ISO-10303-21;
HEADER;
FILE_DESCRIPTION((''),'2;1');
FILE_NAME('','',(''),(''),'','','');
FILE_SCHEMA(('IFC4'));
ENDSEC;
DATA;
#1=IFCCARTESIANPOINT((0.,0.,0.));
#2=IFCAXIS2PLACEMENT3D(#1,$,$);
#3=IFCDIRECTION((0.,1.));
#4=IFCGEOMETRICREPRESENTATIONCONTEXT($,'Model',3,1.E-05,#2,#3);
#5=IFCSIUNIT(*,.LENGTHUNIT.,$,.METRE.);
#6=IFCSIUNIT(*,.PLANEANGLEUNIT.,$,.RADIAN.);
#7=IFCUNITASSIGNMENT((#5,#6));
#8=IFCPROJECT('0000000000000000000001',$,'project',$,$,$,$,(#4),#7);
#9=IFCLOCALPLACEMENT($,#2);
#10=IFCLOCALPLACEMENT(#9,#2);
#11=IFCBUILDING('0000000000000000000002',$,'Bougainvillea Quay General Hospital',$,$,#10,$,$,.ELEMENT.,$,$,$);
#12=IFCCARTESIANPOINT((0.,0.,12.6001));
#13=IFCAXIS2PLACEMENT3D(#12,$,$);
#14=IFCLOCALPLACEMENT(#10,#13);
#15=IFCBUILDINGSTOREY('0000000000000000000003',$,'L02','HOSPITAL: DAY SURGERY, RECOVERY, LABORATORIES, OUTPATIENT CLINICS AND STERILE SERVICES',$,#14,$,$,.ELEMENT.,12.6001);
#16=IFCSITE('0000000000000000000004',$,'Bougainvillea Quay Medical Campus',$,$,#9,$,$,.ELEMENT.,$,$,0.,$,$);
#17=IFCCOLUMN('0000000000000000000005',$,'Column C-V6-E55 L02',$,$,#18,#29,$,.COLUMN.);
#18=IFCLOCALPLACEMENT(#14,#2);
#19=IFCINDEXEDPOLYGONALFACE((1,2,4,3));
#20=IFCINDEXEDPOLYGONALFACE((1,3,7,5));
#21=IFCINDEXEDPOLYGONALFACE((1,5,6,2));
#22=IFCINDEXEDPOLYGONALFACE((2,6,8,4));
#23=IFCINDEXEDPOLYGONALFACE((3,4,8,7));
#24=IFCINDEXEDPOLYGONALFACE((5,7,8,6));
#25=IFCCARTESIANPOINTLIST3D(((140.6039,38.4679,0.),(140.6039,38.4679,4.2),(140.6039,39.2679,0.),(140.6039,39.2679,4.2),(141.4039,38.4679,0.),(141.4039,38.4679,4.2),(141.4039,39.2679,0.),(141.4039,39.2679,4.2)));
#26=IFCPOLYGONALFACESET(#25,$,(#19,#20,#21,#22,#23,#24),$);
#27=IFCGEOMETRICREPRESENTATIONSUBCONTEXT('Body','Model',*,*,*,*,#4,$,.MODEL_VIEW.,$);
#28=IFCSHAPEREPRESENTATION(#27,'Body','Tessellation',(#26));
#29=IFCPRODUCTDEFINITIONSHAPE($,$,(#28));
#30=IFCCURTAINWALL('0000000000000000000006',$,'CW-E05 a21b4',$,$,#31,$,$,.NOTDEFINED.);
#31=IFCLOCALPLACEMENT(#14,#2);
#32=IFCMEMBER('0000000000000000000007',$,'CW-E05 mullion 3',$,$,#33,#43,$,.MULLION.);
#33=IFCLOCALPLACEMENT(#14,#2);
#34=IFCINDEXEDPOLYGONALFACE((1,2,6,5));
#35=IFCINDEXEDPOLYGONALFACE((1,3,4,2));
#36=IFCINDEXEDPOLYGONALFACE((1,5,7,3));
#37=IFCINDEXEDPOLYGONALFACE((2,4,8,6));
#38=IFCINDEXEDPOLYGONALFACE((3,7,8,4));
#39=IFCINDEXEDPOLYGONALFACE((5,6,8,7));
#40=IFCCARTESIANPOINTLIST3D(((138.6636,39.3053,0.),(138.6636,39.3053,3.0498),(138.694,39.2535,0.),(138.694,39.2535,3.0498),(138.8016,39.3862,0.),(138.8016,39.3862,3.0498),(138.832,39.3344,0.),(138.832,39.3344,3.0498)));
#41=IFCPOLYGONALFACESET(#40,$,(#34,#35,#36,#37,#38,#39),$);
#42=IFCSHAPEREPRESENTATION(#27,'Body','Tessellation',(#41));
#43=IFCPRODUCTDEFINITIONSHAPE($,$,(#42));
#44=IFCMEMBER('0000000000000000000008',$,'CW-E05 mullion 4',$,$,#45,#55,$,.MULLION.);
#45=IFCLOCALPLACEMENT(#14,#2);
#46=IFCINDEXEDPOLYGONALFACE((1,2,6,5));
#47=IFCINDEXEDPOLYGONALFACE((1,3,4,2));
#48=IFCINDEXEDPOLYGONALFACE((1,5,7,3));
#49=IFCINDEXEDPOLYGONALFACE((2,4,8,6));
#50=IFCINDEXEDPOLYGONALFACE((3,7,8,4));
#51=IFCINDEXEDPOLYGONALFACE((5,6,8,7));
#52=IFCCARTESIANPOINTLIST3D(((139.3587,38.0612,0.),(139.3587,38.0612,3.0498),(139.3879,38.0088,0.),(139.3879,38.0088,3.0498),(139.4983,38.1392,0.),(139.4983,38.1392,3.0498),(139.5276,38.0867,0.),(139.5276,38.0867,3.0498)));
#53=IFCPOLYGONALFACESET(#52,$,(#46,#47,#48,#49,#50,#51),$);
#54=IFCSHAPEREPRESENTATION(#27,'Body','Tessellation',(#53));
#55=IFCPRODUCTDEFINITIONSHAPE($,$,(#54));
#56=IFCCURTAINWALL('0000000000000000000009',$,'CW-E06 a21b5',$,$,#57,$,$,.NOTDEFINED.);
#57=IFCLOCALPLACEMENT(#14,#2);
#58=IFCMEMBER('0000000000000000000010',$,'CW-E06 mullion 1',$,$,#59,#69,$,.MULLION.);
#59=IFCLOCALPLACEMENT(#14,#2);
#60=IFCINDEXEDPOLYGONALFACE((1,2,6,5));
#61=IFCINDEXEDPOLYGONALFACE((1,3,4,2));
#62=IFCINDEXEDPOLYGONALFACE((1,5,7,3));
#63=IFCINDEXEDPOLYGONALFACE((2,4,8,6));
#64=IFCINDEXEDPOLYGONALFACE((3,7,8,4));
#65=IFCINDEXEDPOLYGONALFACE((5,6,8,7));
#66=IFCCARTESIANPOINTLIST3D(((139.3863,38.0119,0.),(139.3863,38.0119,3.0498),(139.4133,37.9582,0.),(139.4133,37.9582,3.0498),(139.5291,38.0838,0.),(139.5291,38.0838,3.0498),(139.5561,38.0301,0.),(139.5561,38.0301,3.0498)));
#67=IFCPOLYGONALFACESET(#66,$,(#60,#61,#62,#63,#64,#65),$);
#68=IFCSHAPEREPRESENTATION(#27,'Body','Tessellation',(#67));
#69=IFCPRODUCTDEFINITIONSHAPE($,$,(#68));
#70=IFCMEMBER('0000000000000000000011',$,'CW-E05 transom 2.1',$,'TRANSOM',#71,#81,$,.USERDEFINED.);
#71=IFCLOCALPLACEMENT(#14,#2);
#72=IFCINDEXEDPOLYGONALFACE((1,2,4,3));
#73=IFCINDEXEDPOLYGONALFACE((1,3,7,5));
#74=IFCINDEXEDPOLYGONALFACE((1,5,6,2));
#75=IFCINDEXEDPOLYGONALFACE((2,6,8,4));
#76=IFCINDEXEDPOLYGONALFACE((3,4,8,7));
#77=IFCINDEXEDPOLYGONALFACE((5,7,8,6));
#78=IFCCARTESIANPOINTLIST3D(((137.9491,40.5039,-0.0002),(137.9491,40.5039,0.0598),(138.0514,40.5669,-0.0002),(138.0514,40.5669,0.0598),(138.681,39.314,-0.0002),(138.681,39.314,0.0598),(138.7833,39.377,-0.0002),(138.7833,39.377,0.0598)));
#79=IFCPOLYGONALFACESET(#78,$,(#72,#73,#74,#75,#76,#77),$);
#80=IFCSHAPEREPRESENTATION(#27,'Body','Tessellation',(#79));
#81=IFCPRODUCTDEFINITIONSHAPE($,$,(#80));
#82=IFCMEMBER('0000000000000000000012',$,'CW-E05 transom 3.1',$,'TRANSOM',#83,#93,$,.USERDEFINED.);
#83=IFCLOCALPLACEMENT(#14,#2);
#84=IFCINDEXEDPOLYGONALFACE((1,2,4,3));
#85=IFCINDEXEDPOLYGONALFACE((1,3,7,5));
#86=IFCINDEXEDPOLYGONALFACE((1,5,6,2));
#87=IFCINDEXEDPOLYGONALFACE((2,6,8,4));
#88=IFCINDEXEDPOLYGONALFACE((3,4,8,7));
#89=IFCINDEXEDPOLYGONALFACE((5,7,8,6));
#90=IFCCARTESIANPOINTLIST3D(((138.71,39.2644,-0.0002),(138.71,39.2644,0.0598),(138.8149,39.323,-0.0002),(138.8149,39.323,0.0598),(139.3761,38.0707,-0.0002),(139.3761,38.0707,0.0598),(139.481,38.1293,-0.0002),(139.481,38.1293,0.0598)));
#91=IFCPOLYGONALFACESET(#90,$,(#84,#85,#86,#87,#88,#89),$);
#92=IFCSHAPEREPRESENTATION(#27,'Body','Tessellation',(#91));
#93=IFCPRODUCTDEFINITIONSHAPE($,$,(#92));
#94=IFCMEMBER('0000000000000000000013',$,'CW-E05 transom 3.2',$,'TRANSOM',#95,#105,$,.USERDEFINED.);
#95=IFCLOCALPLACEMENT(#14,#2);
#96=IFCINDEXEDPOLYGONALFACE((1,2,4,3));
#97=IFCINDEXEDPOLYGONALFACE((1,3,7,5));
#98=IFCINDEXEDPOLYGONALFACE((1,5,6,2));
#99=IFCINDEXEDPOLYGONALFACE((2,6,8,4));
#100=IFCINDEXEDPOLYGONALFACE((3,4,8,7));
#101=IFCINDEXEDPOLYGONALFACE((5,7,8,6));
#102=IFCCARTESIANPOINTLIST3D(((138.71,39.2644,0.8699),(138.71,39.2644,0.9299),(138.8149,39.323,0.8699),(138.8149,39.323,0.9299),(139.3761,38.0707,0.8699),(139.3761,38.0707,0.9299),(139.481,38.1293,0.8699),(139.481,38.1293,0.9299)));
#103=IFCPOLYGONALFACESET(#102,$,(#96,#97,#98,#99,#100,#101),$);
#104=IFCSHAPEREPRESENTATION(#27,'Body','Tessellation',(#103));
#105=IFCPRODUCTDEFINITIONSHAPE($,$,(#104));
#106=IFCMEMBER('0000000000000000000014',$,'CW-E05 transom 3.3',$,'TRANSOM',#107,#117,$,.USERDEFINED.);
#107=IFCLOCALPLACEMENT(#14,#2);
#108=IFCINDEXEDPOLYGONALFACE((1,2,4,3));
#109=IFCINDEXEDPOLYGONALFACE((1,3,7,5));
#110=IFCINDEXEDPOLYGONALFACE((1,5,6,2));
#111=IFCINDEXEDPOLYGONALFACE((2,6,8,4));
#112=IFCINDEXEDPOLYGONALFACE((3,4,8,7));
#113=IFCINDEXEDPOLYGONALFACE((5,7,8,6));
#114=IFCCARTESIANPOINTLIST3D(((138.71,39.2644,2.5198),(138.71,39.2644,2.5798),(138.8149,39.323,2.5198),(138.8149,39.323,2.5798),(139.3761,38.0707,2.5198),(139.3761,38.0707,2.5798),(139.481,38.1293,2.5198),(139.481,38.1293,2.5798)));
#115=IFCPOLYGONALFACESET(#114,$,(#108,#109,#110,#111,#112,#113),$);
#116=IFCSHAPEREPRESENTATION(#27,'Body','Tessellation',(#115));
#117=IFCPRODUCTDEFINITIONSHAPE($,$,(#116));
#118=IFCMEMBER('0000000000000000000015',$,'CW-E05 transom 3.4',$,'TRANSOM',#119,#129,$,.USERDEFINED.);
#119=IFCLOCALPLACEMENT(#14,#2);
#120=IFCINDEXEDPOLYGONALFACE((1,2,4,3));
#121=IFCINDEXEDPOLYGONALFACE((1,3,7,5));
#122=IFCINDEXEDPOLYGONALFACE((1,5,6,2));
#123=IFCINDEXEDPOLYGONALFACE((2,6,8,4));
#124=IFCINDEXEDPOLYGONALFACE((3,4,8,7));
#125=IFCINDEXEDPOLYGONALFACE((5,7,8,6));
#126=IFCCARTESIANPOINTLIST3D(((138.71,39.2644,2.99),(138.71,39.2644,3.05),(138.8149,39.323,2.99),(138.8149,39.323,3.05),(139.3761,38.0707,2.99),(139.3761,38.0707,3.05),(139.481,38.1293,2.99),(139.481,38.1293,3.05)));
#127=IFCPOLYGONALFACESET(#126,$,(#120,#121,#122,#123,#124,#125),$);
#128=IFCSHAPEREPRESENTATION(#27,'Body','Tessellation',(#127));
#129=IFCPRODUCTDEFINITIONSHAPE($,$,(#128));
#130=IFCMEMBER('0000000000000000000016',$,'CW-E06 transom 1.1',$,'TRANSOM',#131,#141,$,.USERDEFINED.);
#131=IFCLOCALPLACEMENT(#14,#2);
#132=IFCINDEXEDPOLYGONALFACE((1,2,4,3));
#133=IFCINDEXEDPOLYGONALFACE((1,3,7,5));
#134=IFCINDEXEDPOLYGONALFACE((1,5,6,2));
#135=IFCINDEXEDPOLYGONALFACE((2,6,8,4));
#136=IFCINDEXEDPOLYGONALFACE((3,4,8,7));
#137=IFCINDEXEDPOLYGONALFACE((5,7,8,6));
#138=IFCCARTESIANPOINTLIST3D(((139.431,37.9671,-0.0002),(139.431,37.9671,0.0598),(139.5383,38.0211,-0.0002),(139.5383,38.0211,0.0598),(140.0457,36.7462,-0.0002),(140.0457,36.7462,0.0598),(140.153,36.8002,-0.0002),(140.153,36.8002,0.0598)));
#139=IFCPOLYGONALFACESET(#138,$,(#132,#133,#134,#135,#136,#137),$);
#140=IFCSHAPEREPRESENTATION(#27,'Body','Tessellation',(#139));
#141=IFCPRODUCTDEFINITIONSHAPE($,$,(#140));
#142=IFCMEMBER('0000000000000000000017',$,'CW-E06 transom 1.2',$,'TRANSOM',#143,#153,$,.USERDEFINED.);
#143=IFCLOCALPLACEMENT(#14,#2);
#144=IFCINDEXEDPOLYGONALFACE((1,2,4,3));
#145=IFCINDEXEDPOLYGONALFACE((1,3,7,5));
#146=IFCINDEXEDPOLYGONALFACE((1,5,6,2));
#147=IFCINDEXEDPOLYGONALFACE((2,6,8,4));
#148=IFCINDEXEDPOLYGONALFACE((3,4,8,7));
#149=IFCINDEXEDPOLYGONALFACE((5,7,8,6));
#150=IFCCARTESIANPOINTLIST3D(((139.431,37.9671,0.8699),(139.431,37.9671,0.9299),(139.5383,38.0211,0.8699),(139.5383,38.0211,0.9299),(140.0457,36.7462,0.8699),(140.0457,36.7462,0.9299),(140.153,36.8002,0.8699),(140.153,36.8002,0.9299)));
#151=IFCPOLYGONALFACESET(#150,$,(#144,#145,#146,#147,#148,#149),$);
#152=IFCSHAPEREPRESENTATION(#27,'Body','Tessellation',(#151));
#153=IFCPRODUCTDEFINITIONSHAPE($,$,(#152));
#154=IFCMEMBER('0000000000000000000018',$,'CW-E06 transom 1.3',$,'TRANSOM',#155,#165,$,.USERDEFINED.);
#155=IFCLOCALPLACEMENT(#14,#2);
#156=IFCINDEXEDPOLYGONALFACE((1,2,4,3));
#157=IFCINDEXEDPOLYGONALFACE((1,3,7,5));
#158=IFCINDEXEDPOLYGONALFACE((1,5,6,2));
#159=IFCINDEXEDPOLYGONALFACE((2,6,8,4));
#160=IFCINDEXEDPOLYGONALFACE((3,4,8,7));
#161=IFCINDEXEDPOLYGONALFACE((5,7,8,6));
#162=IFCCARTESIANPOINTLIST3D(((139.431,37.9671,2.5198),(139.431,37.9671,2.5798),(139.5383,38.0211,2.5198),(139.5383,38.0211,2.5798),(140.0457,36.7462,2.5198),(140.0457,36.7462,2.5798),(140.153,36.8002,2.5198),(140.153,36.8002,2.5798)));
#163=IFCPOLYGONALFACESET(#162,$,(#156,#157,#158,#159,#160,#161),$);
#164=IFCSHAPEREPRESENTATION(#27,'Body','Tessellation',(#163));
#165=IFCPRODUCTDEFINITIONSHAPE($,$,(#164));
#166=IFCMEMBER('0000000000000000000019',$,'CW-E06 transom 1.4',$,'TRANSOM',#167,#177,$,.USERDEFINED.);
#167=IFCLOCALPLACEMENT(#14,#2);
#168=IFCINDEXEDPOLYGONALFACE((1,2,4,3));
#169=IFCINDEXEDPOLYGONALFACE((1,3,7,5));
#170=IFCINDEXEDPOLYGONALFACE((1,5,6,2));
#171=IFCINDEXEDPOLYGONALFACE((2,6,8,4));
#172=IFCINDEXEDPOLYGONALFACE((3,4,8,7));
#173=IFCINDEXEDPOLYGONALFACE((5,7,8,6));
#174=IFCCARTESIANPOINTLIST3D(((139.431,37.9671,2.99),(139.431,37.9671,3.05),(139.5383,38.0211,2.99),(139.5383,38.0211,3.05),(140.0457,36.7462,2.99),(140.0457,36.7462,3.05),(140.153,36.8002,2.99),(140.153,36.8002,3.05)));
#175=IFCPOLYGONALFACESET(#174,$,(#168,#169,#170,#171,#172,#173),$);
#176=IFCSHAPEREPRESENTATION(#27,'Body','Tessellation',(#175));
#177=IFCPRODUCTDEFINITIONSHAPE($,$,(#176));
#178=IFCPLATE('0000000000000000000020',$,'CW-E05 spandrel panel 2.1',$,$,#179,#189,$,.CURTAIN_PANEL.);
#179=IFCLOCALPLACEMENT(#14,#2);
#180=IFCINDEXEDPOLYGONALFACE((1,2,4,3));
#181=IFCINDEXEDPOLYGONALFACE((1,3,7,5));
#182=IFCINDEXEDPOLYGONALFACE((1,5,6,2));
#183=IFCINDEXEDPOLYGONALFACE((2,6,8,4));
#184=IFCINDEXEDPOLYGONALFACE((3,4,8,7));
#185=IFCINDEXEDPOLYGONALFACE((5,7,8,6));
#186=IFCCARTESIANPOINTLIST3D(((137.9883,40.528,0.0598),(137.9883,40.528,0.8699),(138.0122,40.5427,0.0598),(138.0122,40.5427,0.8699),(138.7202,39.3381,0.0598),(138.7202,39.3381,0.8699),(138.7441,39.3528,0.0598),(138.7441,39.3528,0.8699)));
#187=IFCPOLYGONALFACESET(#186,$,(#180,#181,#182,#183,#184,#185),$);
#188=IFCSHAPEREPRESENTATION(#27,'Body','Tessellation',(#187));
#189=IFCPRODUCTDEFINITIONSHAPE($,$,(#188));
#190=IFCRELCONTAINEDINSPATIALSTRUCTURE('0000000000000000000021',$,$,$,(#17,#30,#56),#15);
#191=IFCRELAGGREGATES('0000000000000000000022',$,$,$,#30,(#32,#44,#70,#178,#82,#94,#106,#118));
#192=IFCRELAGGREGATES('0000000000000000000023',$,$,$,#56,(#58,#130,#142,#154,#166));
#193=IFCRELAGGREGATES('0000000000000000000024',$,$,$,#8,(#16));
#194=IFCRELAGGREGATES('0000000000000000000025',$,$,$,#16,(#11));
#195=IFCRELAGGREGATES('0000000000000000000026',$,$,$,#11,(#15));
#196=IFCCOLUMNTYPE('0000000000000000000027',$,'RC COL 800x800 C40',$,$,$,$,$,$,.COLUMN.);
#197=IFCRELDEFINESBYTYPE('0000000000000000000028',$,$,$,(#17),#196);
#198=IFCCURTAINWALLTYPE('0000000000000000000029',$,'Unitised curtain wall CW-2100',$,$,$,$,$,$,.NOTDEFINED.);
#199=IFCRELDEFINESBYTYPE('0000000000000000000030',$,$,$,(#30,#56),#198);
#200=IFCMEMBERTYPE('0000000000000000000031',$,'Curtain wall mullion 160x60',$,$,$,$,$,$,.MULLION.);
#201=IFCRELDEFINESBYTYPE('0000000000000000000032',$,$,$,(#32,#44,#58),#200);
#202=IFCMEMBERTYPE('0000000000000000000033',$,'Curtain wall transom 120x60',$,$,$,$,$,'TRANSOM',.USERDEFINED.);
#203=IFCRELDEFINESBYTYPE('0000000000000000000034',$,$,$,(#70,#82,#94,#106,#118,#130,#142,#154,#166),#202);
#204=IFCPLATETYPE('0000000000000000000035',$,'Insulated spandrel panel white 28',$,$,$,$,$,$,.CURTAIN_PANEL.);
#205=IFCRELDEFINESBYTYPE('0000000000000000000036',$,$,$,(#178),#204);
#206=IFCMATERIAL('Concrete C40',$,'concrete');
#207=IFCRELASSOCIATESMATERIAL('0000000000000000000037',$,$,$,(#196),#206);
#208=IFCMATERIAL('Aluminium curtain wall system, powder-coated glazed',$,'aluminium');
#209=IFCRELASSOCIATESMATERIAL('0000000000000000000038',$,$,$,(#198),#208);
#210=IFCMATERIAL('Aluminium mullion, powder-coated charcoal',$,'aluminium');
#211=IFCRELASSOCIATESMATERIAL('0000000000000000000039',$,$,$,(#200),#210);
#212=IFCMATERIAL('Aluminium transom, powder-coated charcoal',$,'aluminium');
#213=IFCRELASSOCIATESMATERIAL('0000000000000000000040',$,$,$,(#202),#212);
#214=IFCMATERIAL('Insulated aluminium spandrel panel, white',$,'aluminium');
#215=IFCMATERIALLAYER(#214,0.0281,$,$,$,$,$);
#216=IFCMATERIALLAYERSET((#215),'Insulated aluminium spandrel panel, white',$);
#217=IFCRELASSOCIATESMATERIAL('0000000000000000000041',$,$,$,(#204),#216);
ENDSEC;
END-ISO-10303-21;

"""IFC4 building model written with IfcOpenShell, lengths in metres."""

from ifc_helpers import new_model, si_unit, direction, frame, origin, origin_2d, place, context, subcontext, project, spatial, rectangle, extrude, material, layer, layer_set, material_profile, profile_set, type_object, element, aggregate, save


model = new_model("IFC4")

# Units and contexts
model_context = context("Model", 3, precision=1e-05, world=origin(), true_north=direction((0.0, 1.0)))
body_context = subcontext(model_context, "Body", "Model", "MODEL_VIEW")
ifc_project = project(units=[si_unit("LENGTHUNIT", "METRE"), si_unit("PLANEANGLEUNIT", "RADIAN")], contexts=[model_context])

# Site, building, storey
site_placement = place(None, origin())
site = spatial("IfcSite", under=ifc_project, at=site_placement, Name="Bougainvillea Quay Medical Campus", CompositionType="ELEMENT", RefElevation=0.0)
building_placement = place(site_placement, origin())
building = spatial("IfcBuilding", under=site, at=building_placement, Name="Bougainvillea Quay General Hospital", CompositionType="ELEMENT")
storey_placement = place(building_placement, frame((0.0, 0.0, 12.6001)))
storey = spatial("IfcBuildingStorey", under=building, at=storey_placement, Name="L02", Description="HOSPITAL: DAY SURGERY, RECOVERY, LABORATORIES, OUTPATIENT CLINICS AND STERILE SERVICES", CompositionType="ELEMENT", Elevation=12.6001)

# Column
ifc_material_1 = material(Name="Concrete C40", Category="concrete")
ifc_material_profile_1 = material_profile(ifc_material_1, rectangle(XDim=0.8, YDim=0.8, at=origin_2d()))
ifc_profile_set_1 = profile_set([ifc_material_profile_1], Name="Concrete C40")
column_type = type_object("IfcColumnType", Name="RC COL 800x800 C40", PredefinedType="COLUMN", material=ifc_profile_set_1)
column_placement = place(storey_placement, frame((141.0039, 38.8679, 0.0), z_axis=(0.0, 0.0, 1.0), x_axis=(1.0, 0.0, 0.0)))
element("IfcColumn", 1, at=column_placement, inside=storey, type_object=column_type, Name="Column C-V6-E55 L02", PredefinedType="COLUMN", context=body_context, shape_type="SweptSolid", body=[
    extrude(rectangle(XDim=0.8, YDim=0.8, at=origin_2d()), origin(), (0.0, 0.0, 1.0), 4.2),
])

# Curtain wall, members
ifc_material_2 = material(Name="Aluminium curtain wall system, powder-coated glazed", Category="aluminium")
curtain_wall_type = type_object("IfcCurtainWallType", Name="Unitised curtain wall CW-2100", PredefinedType="NOTDEFINED", material=ifc_material_2)
curtain_wall_1_placement = place(storey_placement, origin())
curtain_wall_1 = element("IfcCurtainWall", 2, at=curtain_wall_1_placement, inside=storey, type_object=curtain_wall_type, Name="CW-E05 a21b4", PredefinedType="NOTDEFINED")
ifc_material_3 = material(Name="Aluminium mullion, powder-coated charcoal", Category="aluminium")
ifc_material_profile_2 = material_profile(ifc_material_3, rectangle(XDim=0.1599, YDim=0.0601, at=origin_2d()))
ifc_profile_set_2 = profile_set([ifc_material_profile_2], Name="Aluminium mullion, powder-coated charcoal")
member_type_1 = type_object("IfcMemberType", Name="Curtain wall mullion 160x60", PredefinedType="MULLION", material=ifc_profile_set_2)
member_1_placement = place(storey_placement, frame((138.7478, 39.3198, 0.0), z_axis=(0.0, 0.0, 1.0), x_axis=(0.862714, 0.505693, 0.0)))
member_1 = element("IfcMember", 3, at=member_1_placement, type_object=member_type_1, Name="CW-E05 mullion 3", PredefinedType="MULLION", context=body_context, shape_type="SweptSolid", body=[
    extrude(rectangle(XDim=0.1599, YDim=0.0601, at=origin_2d()), origin(), (0.0, 0.0, 1.0), 3.0498),
])
member_2_placement = place(storey_placement, frame((139.4431, 38.074, 0.0), z_axis=(0.0, 0.0, 1.0), x_axis=(0.873274, 0.48723, 0.0)))
member_2 = element("IfcMember", 4, at=member_2_placement, type_object=member_type_1, Name="CW-E05 mullion 4", PredefinedType="MULLION", context=body_context, shape_type="SweptSolid", body=[
    extrude(rectangle(XDim=0.1599, YDim=0.0601, at=origin_2d()), origin(), (0.0, 0.0, 1.0), 3.0498),
])

# Curtain wall, member
curtain_wall_2_placement = place(storey_placement, origin())
curtain_wall_2 = element("IfcCurtainWall", 5, at=curtain_wall_2_placement, inside=storey, type_object=curtain_wall_type, Name="CW-E06 a21b5", PredefinedType="NOTDEFINED")
member_3_placement = place(storey_placement, frame((139.4712, 38.021, 0.0), z_axis=(0.0, 0.0, 1.0), x_axis=(0.893204, 0.449652, 0.0)))
member_3 = element("IfcMember", 6, at=member_3_placement, type_object=member_type_1, Name="CW-E06 mullion 1", PredefinedType="MULLION", context=body_context, shape_type="SweptSolid", body=[
    extrude(rectangle(XDim=0.1599, YDim=0.0601, at=origin_2d()), origin(), (0.0, 0.0, 1.0), 3.0498),
])

# Members
ifc_material_4 = material(Name="Aluminium transom, powder-coated charcoal", Category="aluminium")
ifc_material_profile_3 = material_profile(ifc_material_4, rectangle(XDim=0.1201, YDim=0.0601, at=origin_2d()))
ifc_profile_set_3 = profile_set([ifc_material_profile_3], Name="Aluminium transom, powder-coated charcoal")
member_type_2 = type_object("IfcMemberType", Name="Curtain wall transom 120x60", ElementType="TRANSOM", PredefinedType="USERDEFINED", material=ifc_profile_set_3)
member_4_placement = place(storey_placement, frame((138.0002, 40.5354, 0.0298), z_axis=(0.523922, -0.851766, 0.0), x_axis=(0.851766, 0.523922, 0.0)))
member_4 = element("IfcMember", 7, at=member_4_placement, type_object=member_type_2, Name="CW-E05 transom 2.1", ObjectType="TRANSOM", PredefinedType="USERDEFINED", context=body_context, shape_type="SweptSolid", body=[
    extrude(rectangle(XDim=0.1201, YDim=0.0601, at=origin_2d()), origin(), (0.0, 0.0, 1.0), 1.397),
])
member_5_placement = place(storey_placement, frame((138.7625, 39.2937, 0.0298), z_axis=(0.487265, -0.873254, 0.0), x_axis=(0.873254, 0.487265, 0.0)))
member_5 = element("IfcMember", 8, at=member_5_placement, type_object=member_type_2, Name="CW-E05 transom 3.1", ObjectType="TRANSOM", PredefinedType="USERDEFINED", context=body_context, shape_type="SweptSolid", body=[
    extrude(rectangle(XDim=0.1201, YDim=0.0601, at=origin_2d()), origin(), (0.0, 0.0, 1.0), 1.3669),
])
member_6_placement = place(storey_placement, frame((138.7625, 39.2937, 0.8999), z_axis=(0.487265, -0.873254, 0.0), x_axis=(0.873254, 0.487265, 0.0)))
member_6 = element("IfcMember", 9, at=member_6_placement, type_object=member_type_2, Name="CW-E05 transom 3.2", ObjectType="TRANSOM", PredefinedType="USERDEFINED", context=body_context, shape_type="SweptSolid", body=[
    extrude(rectangle(XDim=0.1201, YDim=0.0601, at=origin_2d()), origin(), (0.0, 0.0, 1.0), 1.3669),
])
member_7_placement = place(storey_placement, frame((138.7625, 39.2937, 2.5498), z_axis=(0.487265, -0.873254, 0.0), x_axis=(0.873254, 0.487265, 0.0)))
member_7 = element("IfcMember", 10, at=member_7_placement, type_object=member_type_2, Name="CW-E05 transom 3.3", ObjectType="TRANSOM", PredefinedType="USERDEFINED", context=body_context, shape_type="SweptSolid", body=[
    extrude(rectangle(XDim=0.1201, YDim=0.0601, at=origin_2d()), origin(), (0.0, 0.0, 1.0), 1.3669),
])
member_8_placement = place(storey_placement, frame((138.7625, 39.2937, 3.02), z_axis=(0.487265, -0.873254, 0.0), x_axis=(0.873254, 0.487265, 0.0)))
member_8 = element("IfcMember", 11, at=member_8_placement, type_object=member_type_2, Name="CW-E05 transom 3.4", ObjectType="TRANSOM", PredefinedType="USERDEFINED", context=body_context, shape_type="SweptSolid", body=[
    extrude(rectangle(XDim=0.1201, YDim=0.0601, at=origin_2d()), origin(), (0.0, 0.0, 1.0), 1.3669),
])
member_9_placement = place(storey_placement, frame((139.4846, 37.9941, 0.0298), z_axis=(0.449712, -0.893174, 0.0), x_axis=(0.893174, 0.449712, 0.0)))
member_9 = element("IfcMember", 12, at=member_9_placement, type_object=member_type_2, Name="CW-E06 transom 1.1", ObjectType="TRANSOM", PredefinedType="USERDEFINED", context=body_context, shape_type="SweptSolid", body=[
    extrude(rectangle(XDim=0.1201, YDim=0.0601, at=origin_2d()), origin(), (0.0, 0.0, 1.0), 1.3669),
])
member_10_placement = place(storey_placement, frame((139.4846, 37.9941, 0.8999), z_axis=(0.449712, -0.893174, 0.0), x_axis=(0.893174, 0.449712, 0.0)))
member_10 = element("IfcMember", 13, at=member_10_placement, type_object=member_type_2, Name="CW-E06 transom 1.2", ObjectType="TRANSOM", PredefinedType="USERDEFINED", context=body_context, shape_type="SweptSolid", body=[
    extrude(rectangle(XDim=0.1201, YDim=0.0601, at=origin_2d()), origin(), (0.0, 0.0, 1.0), 1.3669),
])
member_11_placement = place(storey_placement, frame((139.4846, 37.9941, 2.5498), z_axis=(0.449712, -0.893174, 0.0), x_axis=(0.893174, 0.449712, 0.0)))
member_11 = element("IfcMember", 14, at=member_11_placement, type_object=member_type_2, Name="CW-E06 transom 1.3", ObjectType="TRANSOM", PredefinedType="USERDEFINED", context=body_context, shape_type="SweptSolid", body=[
    extrude(rectangle(XDim=0.1201, YDim=0.0601, at=origin_2d()), origin(), (0.0, 0.0, 1.0), 1.3669),
])
member_12_placement = place(storey_placement, frame((139.4846, 37.9941, 3.02), z_axis=(0.449712, -0.893174, 0.0), x_axis=(0.893174, 0.449712, 0.0)))
member_12 = element("IfcMember", 15, at=member_12_placement, type_object=member_type_2, Name="CW-E06 transom 1.4", ObjectType="TRANSOM", PredefinedType="USERDEFINED", context=body_context, shape_type="SweptSolid", body=[
    extrude(rectangle(XDim=0.1201, YDim=0.0601, at=origin_2d()), origin(), (0.0, 0.0, 1.0), 1.3669),
])

# Plate
ifc_material_5 = material(Name="Insulated aluminium spandrel panel, white", Category="aluminium")
ifc_layer_1 = layer(ifc_material_5, 0.0281)
ifc_layer_set_1 = layer_set([ifc_layer_1], Name="Insulated aluminium spandrel panel, white")
plate_type_1 = type_object("IfcPlateType", Name="Insulated spandrel panel white 28", PredefinedType="CURTAIN_PANEL", material=ifc_layer_set_1)
plate_1_placement = place(storey_placement, frame((138.3662, 39.9404, 0.0598), z_axis=(0.0, 0.0, 1.0), x_axis=(0.523926, -0.851764, 0.0)))
plate_1 = element("IfcPlate", 16, at=plate_1_placement, type_object=plate_type_1, Name="CW-E05 spandrel panel 2.1", PredefinedType="CURTAIN_PANEL", context=body_context, shape_type="SweptSolid", body=[
    extrude(rectangle(XDim=1.397, YDim=0.0281, at=origin_2d()), origin(), (0.0, 0.0, 1.0), 0.8101),
])
aggregate(curtain_wall_1, [member_1, member_2, member_4, plate_1, member_5, member_6, member_7, member_8])
aggregate(curtain_wall_2, [member_3, member_9, member_10, member_11, member_12])

save(model, "model.ifc")
